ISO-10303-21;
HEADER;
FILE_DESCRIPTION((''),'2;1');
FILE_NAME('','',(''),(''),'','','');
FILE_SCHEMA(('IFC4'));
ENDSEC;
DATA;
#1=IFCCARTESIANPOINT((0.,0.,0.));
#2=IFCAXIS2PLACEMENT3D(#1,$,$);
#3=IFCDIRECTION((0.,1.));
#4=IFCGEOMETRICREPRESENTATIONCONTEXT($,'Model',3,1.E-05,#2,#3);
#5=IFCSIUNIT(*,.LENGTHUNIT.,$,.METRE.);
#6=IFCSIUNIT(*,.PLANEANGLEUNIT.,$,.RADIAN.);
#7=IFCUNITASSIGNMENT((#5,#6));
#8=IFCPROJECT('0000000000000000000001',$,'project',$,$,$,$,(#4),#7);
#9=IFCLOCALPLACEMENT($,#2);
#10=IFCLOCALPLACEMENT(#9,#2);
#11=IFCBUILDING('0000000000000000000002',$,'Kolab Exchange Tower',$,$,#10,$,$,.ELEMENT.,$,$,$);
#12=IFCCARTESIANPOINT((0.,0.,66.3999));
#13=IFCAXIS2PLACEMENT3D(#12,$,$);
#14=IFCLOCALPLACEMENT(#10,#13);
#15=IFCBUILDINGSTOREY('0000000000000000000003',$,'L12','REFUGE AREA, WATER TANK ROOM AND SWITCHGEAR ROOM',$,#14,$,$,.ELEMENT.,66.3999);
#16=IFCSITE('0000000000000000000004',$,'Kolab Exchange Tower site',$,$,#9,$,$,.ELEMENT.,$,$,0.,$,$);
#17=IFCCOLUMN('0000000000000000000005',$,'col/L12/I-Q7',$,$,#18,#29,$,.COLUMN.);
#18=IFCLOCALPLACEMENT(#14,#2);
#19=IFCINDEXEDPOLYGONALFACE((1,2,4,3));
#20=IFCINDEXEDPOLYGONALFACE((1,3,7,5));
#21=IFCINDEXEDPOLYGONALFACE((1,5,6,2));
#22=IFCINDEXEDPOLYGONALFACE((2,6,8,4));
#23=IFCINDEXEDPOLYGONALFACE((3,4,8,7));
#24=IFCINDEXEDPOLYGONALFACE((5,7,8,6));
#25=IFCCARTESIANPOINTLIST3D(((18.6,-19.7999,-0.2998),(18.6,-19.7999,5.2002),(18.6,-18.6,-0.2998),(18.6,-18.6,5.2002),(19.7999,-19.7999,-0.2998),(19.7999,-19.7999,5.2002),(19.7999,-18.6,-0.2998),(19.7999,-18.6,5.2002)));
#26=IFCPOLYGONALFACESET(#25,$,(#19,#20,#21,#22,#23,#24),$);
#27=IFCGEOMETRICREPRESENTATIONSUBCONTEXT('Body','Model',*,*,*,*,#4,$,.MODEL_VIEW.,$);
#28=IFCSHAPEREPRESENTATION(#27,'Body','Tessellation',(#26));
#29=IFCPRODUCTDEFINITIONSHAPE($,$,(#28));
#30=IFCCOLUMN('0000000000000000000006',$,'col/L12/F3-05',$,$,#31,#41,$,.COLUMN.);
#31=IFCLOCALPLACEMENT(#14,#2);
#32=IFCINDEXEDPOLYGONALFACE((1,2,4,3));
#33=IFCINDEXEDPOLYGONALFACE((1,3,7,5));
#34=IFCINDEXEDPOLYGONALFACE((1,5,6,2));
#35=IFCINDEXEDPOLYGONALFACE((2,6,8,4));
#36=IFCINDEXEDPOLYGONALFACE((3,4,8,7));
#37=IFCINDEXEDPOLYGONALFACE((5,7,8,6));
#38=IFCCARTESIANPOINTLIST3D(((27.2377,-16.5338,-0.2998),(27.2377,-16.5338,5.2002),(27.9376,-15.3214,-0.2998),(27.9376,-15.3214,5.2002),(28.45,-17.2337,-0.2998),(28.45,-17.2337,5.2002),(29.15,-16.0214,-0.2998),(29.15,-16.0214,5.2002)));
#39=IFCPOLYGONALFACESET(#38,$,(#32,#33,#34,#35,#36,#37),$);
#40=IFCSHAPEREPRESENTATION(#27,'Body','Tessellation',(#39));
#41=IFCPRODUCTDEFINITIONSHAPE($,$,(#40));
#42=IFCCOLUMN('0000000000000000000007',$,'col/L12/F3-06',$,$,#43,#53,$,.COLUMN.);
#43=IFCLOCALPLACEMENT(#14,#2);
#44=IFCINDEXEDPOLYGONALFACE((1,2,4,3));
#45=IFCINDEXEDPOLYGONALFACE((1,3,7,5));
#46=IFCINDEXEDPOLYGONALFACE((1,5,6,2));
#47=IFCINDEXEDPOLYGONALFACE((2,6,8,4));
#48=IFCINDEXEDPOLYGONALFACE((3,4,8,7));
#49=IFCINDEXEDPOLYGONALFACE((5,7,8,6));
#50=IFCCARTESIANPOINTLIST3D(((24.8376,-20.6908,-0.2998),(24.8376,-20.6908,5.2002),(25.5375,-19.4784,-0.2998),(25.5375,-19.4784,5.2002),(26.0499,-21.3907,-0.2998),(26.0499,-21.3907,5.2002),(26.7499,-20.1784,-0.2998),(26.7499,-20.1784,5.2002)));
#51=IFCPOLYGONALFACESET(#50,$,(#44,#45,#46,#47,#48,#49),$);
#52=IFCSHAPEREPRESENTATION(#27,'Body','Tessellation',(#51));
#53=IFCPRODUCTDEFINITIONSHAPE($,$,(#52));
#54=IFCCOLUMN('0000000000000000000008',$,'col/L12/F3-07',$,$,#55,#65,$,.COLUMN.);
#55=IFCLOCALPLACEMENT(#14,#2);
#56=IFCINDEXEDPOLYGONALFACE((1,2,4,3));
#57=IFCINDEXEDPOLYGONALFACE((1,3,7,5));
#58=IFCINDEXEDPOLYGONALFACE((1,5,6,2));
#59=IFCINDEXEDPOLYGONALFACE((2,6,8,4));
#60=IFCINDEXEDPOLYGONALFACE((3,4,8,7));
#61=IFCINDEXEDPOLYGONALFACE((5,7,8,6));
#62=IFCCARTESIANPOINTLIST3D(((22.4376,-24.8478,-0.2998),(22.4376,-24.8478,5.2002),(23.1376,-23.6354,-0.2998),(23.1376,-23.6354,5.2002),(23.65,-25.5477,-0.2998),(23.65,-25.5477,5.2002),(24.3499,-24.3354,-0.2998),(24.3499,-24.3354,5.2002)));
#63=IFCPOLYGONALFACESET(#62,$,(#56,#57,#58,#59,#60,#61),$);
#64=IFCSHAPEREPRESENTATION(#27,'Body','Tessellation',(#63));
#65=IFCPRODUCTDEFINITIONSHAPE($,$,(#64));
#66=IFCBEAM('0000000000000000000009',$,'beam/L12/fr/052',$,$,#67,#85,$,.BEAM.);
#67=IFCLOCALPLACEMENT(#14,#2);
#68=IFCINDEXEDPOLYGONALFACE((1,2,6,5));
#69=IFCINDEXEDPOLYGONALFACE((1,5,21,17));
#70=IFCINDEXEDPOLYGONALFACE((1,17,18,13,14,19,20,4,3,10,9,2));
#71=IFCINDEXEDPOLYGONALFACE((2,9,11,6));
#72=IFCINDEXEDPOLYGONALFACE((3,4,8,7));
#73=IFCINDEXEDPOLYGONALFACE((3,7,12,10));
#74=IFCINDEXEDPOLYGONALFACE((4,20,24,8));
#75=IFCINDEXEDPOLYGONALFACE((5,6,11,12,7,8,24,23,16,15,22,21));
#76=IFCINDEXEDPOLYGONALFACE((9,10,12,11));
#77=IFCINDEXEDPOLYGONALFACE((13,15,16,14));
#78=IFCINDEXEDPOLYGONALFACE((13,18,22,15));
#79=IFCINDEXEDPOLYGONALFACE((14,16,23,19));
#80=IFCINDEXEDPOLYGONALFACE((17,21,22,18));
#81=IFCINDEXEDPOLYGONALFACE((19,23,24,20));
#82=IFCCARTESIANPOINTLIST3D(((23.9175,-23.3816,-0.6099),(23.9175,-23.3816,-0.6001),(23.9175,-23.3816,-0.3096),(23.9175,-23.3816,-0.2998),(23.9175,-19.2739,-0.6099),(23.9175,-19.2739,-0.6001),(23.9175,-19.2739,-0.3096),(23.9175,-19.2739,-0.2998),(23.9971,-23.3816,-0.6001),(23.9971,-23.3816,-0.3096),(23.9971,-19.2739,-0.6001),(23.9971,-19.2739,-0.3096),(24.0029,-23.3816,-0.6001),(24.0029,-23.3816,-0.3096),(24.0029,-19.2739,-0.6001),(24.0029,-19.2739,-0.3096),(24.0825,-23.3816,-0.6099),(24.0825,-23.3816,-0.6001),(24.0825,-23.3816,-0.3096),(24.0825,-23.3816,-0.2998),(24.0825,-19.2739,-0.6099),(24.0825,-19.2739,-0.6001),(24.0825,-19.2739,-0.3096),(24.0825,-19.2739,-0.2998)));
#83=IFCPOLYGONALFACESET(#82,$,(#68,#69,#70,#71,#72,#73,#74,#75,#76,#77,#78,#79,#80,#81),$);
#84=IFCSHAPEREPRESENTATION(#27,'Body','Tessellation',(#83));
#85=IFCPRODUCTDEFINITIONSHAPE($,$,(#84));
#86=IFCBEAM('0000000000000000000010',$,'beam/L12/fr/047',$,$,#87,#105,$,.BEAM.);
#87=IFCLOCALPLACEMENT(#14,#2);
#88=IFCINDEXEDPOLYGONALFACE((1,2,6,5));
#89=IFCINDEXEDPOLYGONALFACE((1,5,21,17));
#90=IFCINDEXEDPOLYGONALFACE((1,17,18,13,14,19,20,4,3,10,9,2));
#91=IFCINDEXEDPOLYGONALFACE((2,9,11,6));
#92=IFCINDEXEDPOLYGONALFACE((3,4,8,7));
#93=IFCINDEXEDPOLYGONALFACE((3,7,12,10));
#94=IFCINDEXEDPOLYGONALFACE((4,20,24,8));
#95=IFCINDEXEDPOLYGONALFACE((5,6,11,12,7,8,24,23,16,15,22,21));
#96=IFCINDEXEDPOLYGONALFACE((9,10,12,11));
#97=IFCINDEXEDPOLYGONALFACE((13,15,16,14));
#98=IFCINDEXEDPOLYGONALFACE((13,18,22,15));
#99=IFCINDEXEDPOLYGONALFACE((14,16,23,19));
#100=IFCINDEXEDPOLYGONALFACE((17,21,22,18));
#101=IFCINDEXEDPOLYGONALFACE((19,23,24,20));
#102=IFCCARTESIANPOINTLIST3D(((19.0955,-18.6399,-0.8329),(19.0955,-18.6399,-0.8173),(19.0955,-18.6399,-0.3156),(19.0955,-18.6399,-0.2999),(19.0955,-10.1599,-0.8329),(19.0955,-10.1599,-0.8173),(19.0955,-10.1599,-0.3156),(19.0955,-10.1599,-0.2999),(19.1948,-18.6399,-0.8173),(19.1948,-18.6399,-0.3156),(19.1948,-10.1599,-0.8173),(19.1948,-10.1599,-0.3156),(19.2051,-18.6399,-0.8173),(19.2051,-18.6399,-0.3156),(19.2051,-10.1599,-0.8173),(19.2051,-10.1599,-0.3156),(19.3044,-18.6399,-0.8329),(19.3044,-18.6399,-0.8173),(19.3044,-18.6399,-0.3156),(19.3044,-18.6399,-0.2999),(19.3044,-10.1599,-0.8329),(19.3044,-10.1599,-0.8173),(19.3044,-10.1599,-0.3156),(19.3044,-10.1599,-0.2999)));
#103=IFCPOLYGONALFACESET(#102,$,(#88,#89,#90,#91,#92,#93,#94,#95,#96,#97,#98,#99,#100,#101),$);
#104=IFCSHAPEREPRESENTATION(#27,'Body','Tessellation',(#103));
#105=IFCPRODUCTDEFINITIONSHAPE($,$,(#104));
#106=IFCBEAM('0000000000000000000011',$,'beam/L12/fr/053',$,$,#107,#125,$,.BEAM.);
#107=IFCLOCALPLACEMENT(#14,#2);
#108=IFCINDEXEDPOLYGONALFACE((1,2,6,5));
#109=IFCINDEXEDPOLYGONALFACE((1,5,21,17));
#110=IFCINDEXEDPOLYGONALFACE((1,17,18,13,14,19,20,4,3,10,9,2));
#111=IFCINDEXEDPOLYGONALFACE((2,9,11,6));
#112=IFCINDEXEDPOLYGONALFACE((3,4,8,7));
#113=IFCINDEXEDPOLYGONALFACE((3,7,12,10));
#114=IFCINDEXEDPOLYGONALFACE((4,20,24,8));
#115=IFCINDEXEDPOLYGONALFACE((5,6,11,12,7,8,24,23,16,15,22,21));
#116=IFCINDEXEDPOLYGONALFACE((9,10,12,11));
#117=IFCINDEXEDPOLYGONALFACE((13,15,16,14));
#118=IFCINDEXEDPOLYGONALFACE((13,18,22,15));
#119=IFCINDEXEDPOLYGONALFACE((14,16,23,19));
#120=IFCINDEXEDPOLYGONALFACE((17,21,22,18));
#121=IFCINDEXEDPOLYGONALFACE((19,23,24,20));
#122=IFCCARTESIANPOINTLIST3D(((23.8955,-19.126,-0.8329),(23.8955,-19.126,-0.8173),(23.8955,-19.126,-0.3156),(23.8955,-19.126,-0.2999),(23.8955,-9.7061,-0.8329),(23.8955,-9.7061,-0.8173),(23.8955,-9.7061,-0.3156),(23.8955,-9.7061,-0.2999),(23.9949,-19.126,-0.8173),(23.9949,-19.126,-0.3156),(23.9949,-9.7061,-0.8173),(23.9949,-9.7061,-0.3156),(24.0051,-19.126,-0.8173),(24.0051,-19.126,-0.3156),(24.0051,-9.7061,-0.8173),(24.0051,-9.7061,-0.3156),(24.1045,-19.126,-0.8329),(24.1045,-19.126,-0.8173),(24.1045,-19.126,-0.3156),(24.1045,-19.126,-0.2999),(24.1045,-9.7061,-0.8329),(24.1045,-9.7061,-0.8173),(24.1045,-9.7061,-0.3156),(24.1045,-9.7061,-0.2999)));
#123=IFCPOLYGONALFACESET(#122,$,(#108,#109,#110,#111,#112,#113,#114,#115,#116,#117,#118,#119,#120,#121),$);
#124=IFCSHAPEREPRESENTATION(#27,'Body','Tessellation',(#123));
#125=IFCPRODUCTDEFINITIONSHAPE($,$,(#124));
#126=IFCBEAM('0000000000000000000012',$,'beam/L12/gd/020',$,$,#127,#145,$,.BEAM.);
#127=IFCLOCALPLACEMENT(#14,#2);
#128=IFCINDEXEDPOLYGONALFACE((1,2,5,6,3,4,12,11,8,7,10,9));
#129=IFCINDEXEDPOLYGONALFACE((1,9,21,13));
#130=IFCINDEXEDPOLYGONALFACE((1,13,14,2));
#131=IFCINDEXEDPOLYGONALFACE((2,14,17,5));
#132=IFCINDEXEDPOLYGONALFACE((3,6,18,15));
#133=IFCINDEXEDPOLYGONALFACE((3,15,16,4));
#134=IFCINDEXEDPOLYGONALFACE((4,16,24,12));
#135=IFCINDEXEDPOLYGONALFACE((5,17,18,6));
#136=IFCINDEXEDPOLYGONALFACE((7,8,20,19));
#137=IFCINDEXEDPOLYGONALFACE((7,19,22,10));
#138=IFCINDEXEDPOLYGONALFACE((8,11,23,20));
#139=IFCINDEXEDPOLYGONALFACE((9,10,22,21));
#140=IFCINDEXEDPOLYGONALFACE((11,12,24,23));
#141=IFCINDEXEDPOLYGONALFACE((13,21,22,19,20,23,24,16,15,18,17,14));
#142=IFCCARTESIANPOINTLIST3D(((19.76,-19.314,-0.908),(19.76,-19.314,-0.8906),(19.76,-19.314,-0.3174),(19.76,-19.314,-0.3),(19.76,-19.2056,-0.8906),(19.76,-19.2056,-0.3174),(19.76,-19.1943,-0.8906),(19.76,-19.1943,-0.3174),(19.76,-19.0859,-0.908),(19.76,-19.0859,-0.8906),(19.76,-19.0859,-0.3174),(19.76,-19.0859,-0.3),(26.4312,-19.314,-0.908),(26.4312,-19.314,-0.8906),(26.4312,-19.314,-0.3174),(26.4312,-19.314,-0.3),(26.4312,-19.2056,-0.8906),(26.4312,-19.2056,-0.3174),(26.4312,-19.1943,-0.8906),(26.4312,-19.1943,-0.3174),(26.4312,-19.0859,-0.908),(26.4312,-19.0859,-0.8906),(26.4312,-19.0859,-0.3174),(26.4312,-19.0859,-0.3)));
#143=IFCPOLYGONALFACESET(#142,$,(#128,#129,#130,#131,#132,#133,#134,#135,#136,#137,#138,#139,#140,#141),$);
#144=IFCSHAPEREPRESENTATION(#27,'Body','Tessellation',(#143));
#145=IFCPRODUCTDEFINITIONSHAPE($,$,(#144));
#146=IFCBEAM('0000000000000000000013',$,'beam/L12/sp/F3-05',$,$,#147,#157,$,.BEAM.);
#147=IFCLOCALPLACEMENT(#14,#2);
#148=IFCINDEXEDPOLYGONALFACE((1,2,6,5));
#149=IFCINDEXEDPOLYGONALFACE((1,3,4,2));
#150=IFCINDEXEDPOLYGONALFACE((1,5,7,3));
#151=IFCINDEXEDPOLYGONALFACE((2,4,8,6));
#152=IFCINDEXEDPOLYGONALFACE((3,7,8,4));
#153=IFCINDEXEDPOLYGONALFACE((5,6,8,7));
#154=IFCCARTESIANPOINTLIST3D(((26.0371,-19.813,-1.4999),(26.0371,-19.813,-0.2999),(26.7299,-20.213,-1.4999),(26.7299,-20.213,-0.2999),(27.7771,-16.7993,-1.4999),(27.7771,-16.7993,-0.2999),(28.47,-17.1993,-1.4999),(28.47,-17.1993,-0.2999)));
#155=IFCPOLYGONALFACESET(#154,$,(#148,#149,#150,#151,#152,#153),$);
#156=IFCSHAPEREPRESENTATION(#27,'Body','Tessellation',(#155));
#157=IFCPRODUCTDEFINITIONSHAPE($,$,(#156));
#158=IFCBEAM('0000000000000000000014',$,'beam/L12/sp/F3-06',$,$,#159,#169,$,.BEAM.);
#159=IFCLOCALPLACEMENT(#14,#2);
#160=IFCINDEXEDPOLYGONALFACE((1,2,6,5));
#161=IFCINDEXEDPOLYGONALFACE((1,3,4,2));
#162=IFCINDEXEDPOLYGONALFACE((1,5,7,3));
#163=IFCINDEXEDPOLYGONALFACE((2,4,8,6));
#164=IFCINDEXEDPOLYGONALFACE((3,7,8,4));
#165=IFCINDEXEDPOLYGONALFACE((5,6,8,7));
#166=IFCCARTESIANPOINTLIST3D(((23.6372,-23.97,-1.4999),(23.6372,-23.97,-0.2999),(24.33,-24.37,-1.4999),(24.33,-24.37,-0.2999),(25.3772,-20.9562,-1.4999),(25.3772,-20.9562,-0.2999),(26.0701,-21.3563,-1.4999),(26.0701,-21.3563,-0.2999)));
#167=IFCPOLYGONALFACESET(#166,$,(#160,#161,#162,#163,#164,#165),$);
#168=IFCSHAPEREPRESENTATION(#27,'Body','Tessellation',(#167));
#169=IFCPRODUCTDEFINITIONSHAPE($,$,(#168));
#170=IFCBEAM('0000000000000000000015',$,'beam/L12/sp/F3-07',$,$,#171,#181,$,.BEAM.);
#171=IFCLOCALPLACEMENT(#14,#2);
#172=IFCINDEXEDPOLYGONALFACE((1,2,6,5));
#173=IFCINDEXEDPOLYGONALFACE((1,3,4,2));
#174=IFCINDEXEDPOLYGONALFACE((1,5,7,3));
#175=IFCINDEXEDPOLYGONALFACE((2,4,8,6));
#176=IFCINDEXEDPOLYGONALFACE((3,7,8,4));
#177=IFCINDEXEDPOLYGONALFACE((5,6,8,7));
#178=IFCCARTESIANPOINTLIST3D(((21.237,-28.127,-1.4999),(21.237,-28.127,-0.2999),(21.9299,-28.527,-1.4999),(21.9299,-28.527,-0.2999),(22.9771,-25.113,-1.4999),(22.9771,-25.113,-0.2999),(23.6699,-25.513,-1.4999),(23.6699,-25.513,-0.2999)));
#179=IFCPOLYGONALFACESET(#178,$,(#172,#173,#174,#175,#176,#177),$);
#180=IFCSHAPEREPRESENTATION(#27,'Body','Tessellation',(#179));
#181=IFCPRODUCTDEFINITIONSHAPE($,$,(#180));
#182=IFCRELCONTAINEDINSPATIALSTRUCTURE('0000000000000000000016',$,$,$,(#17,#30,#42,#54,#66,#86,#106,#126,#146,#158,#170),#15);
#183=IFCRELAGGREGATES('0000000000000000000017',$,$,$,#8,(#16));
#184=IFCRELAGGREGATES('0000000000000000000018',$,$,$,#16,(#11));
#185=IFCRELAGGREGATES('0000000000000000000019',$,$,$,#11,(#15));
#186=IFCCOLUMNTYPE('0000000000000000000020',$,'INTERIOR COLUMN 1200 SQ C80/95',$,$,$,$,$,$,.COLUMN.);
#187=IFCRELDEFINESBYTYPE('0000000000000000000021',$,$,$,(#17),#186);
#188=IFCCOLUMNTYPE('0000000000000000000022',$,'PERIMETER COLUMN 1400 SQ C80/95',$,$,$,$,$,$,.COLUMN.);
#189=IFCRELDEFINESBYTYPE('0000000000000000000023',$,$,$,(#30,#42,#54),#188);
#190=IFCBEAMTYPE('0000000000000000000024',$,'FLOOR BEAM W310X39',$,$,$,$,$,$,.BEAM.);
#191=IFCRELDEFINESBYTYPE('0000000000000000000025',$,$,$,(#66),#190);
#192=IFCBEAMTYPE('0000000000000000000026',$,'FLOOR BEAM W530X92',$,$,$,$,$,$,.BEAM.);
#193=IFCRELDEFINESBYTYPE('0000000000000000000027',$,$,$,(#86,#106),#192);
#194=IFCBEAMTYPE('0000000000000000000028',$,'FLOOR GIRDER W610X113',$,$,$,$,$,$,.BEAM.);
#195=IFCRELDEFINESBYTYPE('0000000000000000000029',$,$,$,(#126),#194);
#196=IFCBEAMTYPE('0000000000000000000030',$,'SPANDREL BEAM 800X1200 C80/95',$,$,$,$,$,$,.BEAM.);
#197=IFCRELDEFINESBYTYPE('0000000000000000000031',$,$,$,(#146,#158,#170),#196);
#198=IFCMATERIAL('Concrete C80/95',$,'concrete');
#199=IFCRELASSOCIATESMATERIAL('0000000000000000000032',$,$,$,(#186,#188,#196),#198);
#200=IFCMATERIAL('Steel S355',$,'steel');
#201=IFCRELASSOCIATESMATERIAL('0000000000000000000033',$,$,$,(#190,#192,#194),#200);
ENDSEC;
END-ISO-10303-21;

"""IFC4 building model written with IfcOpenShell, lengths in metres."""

from ifc_helpers import new_model, si_unit, direction, frame, origin, origin_2d, place, context, subcontext, project, spatial, rectangle, i_section, extrude, material, material_profile, profile_set, type_object, element, save


model = new_model("IFC4")

# Units and contexts
model_context = context("Model", 3, precision=1e-05, world=origin(), true_north=direction((0.0, 1.0)))
body_context = subcontext(model_context, "Body", "Model", "MODEL_VIEW")
ifc_project = project(units=[si_unit("LENGTHUNIT", "METRE"), si_unit("PLANEANGLEUNIT", "RADIAN")], contexts=[model_context])

# Site, building, storey
site_placement = place(None, origin())
site = spatial("IfcSite", under=ifc_project, at=site_placement, Name="Kolab Exchange Tower site", CompositionType="ELEMENT", RefElevation=0.0)
building_placement = place(site_placement, origin())
building = spatial("IfcBuilding", under=site, at=building_placement, Name="Kolab Exchange Tower", CompositionType="ELEMENT")
storey_placement = place(building_placement, frame((0.0, 0.0, 66.3999)))
storey = spatial("IfcBuildingStorey", under=building, at=storey_placement, Name="L12", Description="REFUGE AREA, WATER TANK ROOM AND SWITCHGEAR ROOM", CompositionType="ELEMENT", Elevation=66.3999)

# Columns
ifc_material_1 = material(Name="Concrete C80/95", Category="concrete")
ifc_material_profile_1 = material_profile(ifc_material_1, rectangle(XDim=1.2, YDim=1.2, at=origin_2d()), Name="RC1200")
ifc_profile_set_1 = profile_set([ifc_material_profile_1], Name="Concrete C80/95")
column_type_1 = type_object("IfcColumnType", Name="INTERIOR COLUMN 1200 SQ C80/95", PredefinedType="COLUMN", material=ifc_profile_set_1)
column_placement = place(storey_placement, frame((19.2, -19.2, -0.2998), z_axis=(0.0, 0.0, 1.0), x_axis=(1.0, 0.0, 0.0)))
element("IfcColumn", 1, at=column_placement, inside=storey, type_object=column_type_1, Name="col/L12/I-Q7", PredefinedType="COLUMN", context=body_context, shape_type="SweptSolid", body=[
    extrude(rectangle(XDim=1.2, YDim=1.2, at=origin_2d()), origin(), (0.0, 0.0, 1.0), 5.5),
])
ifc_material_profile_2 = material_profile(ifc_material_1, rectangle(XDim=1.3999, YDim=1.3999, at=origin_2d()), Name="RC1400")
ifc_profile_set_2 = profile_set([ifc_material_profile_2], Name="Concrete C80/95")
column_type_2 = type_object("IfcColumnType", Name="PERIMETER COLUMN 1400 SQ C80/95", PredefinedType="COLUMN", material=ifc_profile_set_2)
for number, where, z_axis, x_axis, name in (
    (2, (28.1938, -16.2776, -0.2998), (0.0, 0.0, 1.0), (0.5, 0.866025, 0.0), "col/L12/F3-05"),
    (3, (25.7937, -20.4346, -0.2998), (0.0, 0.0, 1.0), (0.5, 0.866025, 0.0), "col/L12/F3-06"),
    (4, (23.3938, -24.5916, -0.2998), (0.0, 0.0, 1.0), (0.5, 0.866025, 0.0), "col/L12/F3-07"),
):
    element("IfcColumn", number, at=place(storey_placement, frame(where, z_axis=z_axis, x_axis=x_axis)), inside=storey, type_object=column_type_2, Name=name, PredefinedType="COLUMN", context=body_context, shape_type="SweptSolid", body=[
        extrude(rectangle(XDim=1.3999, YDim=1.3999, at=origin_2d()), origin(), (0.0, 0.0, 1.0), 5.5),
    ])

# Beams
ifc_material_2 = material(Name="Steel S355", Category="steel")
ifc_material_profile_3 = material_profile(ifc_material_2, i_section(OverallWidth=0.165, OverallDepth=0.3101, WebThickness=0.0059, FlangeThickness=0.0098, at=origin_2d()), Name="W310X39")
ifc_profile_set_3 = profile_set([ifc_material_profile_3], Name="Steel S355")
beam_type_1 = type_object("IfcBeamType", Name="FLOOR BEAM W310X39", PredefinedType="BEAM", material=ifc_profile_set_3)
beam_1_placement = place(storey_placement, frame((24.0, -23.3816, -0.4548), z_axis=(0.0, 1.0, 0.0), x_axis=(-1.0, 0.0, 0.0)))
element("IfcBeam", 5, at=beam_1_placement, inside=storey, type_object=beam_type_1, Name="beam/L12/fr/052", PredefinedType="BEAM", context=body_context, shape_type="SweptSolid", body=[
    extrude(i_section(OverallWidth=0.165, OverallDepth=0.3101, WebThickness=0.0059, FlangeThickness=0.0098, at=origin_2d()), origin(), (0.0, 0.0, 1.0), 4.1077),
])
ifc_material_profile_4 = material_profile(ifc_material_2, i_section(OverallWidth=0.209, OverallDepth=0.533, WebThickness=0.0103, FlangeThickness=0.0156, at=origin_2d()), Name="W530X92")
ifc_profile_set_4 = profile_set([ifc_material_profile_4], Name="Steel S355")
beam_type_2 = type_object("IfcBeamType", Name="FLOOR BEAM W530X92", PredefinedType="BEAM", material=ifc_profile_set_4)
beam_2_placement = place(storey_placement, frame((19.2, -18.6399, -0.5664), z_axis=(0.0, 1.0, 0.0), x_axis=(-1.0, 0.0, 0.0)))
element("IfcBeam", 6, at=beam_2_placement, inside=storey, type_object=beam_type_2, Name="beam/L12/fr/047", PredefinedType="BEAM", context=body_context, shape_type="SweptSolid", body=[
    extrude(i_section(OverallWidth=0.209, OverallDepth=0.533, WebThickness=0.0103, FlangeThickness=0.0156, at=origin_2d()), origin(), (0.0, 0.0, 1.0), 8.48),
])
beam_3_placement = place(storey_placement, frame((24.0, -19.126, -0.5664), z_axis=(0.0, 1.0, 0.0), x_axis=(-1.0, 0.0, 0.0)))
element("IfcBeam", 7, at=beam_3_placement, inside=storey, type_object=beam_type_2, Name="beam/L12/fr/053", PredefinedType="BEAM", context=body_context, shape_type="SweptSolid", body=[
    extrude(i_section(OverallWidth=0.209, OverallDepth=0.533, WebThickness=0.0103, FlangeThickness=0.0156, at=origin_2d()), origin(), (0.0, 0.0, 1.0), 9.4199),
])
ifc_material_profile_5 = material_profile(ifc_material_2, i_section(OverallWidth=0.228, OverallDepth=0.6079, WebThickness=0.0112, FlangeThickness=0.0173, at=origin_2d()), Name="W610X113")
ifc_profile_set_5 = profile_set([ifc_material_profile_5], Name="Steel S355")
beam_type_3 = type_object("IfcBeamType", Name="FLOOR GIRDER W610X113", PredefinedType="BEAM", material=ifc_profile_set_5)
beam_4_placement = place(storey_placement, frame((19.76, -19.2, -0.604), z_axis=(1.0, 0.0, 0.0), x_axis=(0.0, 1.0, 0.0)))
element("IfcBeam", 8, at=beam_4_placement, inside=storey, type_object=beam_type_3, Name="beam/L12/gd/020", PredefinedType="BEAM", context=body_context, shape_type="SweptSolid", body=[
    extrude(i_section(OverallWidth=0.228, OverallDepth=0.6079, WebThickness=0.0112, FlangeThickness=0.0173, at=origin_2d()), origin(), (0.0, 0.0, 1.0), 6.6711),
])
ifc_material_profile_6 = material_profile(ifc_material_1, rectangle(XDim=0.8, YDim=1.2, at=origin_2d()), Name="RC800X1200")
ifc_profile_set_6 = profile_set([ifc_material_profile_6], Name="Concrete C80/95")
beam_type_4 = type_object("IfcBeamType", Name="SPANDREL BEAM 800X1200 C80/95", PredefinedType="BEAM", material=ifc_profile_set_6)
for number, where, z_axis, x_axis, name in (
    (9, (28.1235, -16.9993, -0.8999), (-0.50001, -0.86602, 0.0), (0.86602, -0.50001, 0.0), "beam/L12/sp/F3-05"),
    (10, (25.7236, -21.1562, -0.8999), (-0.50001, -0.86602, 0.0), (0.86602, -0.50001, 0.0), "beam/L12/sp/F3-06"),
):
    element("IfcBeam", number, at=place(storey_placement, frame(where, z_axis=z_axis, x_axis=x_axis)), inside=storey, type_object=beam_type_4, Name=name, PredefinedType="BEAM", context=body_context, shape_type="SweptSolid", body=[
        extrude(rectangle(XDim=0.8, YDim=1.2, at=origin_2d()), origin(), (0.0, 0.0, 1.0), 3.48),
    ])
beam_5_placement = place(storey_placement, frame((23.3235, -25.313, -0.8999), z_axis=(-0.49998, -0.866037, 0.0), x_axis=(0.866037, -0.49998, 0.0)))
element("IfcBeam", 11, at=beam_5_placement, inside=storey, type_object=beam_type_4, Name="beam/L12/sp/F3-07", PredefinedType="BEAM", context=body_context, shape_type="SweptSolid", body=[
    extrude(rectangle(XDim=0.8, YDim=1.2, at=origin_2d()), origin(), (0.0, 0.0, 1.0), 3.4802),
])

save(model, "model.ifc")
